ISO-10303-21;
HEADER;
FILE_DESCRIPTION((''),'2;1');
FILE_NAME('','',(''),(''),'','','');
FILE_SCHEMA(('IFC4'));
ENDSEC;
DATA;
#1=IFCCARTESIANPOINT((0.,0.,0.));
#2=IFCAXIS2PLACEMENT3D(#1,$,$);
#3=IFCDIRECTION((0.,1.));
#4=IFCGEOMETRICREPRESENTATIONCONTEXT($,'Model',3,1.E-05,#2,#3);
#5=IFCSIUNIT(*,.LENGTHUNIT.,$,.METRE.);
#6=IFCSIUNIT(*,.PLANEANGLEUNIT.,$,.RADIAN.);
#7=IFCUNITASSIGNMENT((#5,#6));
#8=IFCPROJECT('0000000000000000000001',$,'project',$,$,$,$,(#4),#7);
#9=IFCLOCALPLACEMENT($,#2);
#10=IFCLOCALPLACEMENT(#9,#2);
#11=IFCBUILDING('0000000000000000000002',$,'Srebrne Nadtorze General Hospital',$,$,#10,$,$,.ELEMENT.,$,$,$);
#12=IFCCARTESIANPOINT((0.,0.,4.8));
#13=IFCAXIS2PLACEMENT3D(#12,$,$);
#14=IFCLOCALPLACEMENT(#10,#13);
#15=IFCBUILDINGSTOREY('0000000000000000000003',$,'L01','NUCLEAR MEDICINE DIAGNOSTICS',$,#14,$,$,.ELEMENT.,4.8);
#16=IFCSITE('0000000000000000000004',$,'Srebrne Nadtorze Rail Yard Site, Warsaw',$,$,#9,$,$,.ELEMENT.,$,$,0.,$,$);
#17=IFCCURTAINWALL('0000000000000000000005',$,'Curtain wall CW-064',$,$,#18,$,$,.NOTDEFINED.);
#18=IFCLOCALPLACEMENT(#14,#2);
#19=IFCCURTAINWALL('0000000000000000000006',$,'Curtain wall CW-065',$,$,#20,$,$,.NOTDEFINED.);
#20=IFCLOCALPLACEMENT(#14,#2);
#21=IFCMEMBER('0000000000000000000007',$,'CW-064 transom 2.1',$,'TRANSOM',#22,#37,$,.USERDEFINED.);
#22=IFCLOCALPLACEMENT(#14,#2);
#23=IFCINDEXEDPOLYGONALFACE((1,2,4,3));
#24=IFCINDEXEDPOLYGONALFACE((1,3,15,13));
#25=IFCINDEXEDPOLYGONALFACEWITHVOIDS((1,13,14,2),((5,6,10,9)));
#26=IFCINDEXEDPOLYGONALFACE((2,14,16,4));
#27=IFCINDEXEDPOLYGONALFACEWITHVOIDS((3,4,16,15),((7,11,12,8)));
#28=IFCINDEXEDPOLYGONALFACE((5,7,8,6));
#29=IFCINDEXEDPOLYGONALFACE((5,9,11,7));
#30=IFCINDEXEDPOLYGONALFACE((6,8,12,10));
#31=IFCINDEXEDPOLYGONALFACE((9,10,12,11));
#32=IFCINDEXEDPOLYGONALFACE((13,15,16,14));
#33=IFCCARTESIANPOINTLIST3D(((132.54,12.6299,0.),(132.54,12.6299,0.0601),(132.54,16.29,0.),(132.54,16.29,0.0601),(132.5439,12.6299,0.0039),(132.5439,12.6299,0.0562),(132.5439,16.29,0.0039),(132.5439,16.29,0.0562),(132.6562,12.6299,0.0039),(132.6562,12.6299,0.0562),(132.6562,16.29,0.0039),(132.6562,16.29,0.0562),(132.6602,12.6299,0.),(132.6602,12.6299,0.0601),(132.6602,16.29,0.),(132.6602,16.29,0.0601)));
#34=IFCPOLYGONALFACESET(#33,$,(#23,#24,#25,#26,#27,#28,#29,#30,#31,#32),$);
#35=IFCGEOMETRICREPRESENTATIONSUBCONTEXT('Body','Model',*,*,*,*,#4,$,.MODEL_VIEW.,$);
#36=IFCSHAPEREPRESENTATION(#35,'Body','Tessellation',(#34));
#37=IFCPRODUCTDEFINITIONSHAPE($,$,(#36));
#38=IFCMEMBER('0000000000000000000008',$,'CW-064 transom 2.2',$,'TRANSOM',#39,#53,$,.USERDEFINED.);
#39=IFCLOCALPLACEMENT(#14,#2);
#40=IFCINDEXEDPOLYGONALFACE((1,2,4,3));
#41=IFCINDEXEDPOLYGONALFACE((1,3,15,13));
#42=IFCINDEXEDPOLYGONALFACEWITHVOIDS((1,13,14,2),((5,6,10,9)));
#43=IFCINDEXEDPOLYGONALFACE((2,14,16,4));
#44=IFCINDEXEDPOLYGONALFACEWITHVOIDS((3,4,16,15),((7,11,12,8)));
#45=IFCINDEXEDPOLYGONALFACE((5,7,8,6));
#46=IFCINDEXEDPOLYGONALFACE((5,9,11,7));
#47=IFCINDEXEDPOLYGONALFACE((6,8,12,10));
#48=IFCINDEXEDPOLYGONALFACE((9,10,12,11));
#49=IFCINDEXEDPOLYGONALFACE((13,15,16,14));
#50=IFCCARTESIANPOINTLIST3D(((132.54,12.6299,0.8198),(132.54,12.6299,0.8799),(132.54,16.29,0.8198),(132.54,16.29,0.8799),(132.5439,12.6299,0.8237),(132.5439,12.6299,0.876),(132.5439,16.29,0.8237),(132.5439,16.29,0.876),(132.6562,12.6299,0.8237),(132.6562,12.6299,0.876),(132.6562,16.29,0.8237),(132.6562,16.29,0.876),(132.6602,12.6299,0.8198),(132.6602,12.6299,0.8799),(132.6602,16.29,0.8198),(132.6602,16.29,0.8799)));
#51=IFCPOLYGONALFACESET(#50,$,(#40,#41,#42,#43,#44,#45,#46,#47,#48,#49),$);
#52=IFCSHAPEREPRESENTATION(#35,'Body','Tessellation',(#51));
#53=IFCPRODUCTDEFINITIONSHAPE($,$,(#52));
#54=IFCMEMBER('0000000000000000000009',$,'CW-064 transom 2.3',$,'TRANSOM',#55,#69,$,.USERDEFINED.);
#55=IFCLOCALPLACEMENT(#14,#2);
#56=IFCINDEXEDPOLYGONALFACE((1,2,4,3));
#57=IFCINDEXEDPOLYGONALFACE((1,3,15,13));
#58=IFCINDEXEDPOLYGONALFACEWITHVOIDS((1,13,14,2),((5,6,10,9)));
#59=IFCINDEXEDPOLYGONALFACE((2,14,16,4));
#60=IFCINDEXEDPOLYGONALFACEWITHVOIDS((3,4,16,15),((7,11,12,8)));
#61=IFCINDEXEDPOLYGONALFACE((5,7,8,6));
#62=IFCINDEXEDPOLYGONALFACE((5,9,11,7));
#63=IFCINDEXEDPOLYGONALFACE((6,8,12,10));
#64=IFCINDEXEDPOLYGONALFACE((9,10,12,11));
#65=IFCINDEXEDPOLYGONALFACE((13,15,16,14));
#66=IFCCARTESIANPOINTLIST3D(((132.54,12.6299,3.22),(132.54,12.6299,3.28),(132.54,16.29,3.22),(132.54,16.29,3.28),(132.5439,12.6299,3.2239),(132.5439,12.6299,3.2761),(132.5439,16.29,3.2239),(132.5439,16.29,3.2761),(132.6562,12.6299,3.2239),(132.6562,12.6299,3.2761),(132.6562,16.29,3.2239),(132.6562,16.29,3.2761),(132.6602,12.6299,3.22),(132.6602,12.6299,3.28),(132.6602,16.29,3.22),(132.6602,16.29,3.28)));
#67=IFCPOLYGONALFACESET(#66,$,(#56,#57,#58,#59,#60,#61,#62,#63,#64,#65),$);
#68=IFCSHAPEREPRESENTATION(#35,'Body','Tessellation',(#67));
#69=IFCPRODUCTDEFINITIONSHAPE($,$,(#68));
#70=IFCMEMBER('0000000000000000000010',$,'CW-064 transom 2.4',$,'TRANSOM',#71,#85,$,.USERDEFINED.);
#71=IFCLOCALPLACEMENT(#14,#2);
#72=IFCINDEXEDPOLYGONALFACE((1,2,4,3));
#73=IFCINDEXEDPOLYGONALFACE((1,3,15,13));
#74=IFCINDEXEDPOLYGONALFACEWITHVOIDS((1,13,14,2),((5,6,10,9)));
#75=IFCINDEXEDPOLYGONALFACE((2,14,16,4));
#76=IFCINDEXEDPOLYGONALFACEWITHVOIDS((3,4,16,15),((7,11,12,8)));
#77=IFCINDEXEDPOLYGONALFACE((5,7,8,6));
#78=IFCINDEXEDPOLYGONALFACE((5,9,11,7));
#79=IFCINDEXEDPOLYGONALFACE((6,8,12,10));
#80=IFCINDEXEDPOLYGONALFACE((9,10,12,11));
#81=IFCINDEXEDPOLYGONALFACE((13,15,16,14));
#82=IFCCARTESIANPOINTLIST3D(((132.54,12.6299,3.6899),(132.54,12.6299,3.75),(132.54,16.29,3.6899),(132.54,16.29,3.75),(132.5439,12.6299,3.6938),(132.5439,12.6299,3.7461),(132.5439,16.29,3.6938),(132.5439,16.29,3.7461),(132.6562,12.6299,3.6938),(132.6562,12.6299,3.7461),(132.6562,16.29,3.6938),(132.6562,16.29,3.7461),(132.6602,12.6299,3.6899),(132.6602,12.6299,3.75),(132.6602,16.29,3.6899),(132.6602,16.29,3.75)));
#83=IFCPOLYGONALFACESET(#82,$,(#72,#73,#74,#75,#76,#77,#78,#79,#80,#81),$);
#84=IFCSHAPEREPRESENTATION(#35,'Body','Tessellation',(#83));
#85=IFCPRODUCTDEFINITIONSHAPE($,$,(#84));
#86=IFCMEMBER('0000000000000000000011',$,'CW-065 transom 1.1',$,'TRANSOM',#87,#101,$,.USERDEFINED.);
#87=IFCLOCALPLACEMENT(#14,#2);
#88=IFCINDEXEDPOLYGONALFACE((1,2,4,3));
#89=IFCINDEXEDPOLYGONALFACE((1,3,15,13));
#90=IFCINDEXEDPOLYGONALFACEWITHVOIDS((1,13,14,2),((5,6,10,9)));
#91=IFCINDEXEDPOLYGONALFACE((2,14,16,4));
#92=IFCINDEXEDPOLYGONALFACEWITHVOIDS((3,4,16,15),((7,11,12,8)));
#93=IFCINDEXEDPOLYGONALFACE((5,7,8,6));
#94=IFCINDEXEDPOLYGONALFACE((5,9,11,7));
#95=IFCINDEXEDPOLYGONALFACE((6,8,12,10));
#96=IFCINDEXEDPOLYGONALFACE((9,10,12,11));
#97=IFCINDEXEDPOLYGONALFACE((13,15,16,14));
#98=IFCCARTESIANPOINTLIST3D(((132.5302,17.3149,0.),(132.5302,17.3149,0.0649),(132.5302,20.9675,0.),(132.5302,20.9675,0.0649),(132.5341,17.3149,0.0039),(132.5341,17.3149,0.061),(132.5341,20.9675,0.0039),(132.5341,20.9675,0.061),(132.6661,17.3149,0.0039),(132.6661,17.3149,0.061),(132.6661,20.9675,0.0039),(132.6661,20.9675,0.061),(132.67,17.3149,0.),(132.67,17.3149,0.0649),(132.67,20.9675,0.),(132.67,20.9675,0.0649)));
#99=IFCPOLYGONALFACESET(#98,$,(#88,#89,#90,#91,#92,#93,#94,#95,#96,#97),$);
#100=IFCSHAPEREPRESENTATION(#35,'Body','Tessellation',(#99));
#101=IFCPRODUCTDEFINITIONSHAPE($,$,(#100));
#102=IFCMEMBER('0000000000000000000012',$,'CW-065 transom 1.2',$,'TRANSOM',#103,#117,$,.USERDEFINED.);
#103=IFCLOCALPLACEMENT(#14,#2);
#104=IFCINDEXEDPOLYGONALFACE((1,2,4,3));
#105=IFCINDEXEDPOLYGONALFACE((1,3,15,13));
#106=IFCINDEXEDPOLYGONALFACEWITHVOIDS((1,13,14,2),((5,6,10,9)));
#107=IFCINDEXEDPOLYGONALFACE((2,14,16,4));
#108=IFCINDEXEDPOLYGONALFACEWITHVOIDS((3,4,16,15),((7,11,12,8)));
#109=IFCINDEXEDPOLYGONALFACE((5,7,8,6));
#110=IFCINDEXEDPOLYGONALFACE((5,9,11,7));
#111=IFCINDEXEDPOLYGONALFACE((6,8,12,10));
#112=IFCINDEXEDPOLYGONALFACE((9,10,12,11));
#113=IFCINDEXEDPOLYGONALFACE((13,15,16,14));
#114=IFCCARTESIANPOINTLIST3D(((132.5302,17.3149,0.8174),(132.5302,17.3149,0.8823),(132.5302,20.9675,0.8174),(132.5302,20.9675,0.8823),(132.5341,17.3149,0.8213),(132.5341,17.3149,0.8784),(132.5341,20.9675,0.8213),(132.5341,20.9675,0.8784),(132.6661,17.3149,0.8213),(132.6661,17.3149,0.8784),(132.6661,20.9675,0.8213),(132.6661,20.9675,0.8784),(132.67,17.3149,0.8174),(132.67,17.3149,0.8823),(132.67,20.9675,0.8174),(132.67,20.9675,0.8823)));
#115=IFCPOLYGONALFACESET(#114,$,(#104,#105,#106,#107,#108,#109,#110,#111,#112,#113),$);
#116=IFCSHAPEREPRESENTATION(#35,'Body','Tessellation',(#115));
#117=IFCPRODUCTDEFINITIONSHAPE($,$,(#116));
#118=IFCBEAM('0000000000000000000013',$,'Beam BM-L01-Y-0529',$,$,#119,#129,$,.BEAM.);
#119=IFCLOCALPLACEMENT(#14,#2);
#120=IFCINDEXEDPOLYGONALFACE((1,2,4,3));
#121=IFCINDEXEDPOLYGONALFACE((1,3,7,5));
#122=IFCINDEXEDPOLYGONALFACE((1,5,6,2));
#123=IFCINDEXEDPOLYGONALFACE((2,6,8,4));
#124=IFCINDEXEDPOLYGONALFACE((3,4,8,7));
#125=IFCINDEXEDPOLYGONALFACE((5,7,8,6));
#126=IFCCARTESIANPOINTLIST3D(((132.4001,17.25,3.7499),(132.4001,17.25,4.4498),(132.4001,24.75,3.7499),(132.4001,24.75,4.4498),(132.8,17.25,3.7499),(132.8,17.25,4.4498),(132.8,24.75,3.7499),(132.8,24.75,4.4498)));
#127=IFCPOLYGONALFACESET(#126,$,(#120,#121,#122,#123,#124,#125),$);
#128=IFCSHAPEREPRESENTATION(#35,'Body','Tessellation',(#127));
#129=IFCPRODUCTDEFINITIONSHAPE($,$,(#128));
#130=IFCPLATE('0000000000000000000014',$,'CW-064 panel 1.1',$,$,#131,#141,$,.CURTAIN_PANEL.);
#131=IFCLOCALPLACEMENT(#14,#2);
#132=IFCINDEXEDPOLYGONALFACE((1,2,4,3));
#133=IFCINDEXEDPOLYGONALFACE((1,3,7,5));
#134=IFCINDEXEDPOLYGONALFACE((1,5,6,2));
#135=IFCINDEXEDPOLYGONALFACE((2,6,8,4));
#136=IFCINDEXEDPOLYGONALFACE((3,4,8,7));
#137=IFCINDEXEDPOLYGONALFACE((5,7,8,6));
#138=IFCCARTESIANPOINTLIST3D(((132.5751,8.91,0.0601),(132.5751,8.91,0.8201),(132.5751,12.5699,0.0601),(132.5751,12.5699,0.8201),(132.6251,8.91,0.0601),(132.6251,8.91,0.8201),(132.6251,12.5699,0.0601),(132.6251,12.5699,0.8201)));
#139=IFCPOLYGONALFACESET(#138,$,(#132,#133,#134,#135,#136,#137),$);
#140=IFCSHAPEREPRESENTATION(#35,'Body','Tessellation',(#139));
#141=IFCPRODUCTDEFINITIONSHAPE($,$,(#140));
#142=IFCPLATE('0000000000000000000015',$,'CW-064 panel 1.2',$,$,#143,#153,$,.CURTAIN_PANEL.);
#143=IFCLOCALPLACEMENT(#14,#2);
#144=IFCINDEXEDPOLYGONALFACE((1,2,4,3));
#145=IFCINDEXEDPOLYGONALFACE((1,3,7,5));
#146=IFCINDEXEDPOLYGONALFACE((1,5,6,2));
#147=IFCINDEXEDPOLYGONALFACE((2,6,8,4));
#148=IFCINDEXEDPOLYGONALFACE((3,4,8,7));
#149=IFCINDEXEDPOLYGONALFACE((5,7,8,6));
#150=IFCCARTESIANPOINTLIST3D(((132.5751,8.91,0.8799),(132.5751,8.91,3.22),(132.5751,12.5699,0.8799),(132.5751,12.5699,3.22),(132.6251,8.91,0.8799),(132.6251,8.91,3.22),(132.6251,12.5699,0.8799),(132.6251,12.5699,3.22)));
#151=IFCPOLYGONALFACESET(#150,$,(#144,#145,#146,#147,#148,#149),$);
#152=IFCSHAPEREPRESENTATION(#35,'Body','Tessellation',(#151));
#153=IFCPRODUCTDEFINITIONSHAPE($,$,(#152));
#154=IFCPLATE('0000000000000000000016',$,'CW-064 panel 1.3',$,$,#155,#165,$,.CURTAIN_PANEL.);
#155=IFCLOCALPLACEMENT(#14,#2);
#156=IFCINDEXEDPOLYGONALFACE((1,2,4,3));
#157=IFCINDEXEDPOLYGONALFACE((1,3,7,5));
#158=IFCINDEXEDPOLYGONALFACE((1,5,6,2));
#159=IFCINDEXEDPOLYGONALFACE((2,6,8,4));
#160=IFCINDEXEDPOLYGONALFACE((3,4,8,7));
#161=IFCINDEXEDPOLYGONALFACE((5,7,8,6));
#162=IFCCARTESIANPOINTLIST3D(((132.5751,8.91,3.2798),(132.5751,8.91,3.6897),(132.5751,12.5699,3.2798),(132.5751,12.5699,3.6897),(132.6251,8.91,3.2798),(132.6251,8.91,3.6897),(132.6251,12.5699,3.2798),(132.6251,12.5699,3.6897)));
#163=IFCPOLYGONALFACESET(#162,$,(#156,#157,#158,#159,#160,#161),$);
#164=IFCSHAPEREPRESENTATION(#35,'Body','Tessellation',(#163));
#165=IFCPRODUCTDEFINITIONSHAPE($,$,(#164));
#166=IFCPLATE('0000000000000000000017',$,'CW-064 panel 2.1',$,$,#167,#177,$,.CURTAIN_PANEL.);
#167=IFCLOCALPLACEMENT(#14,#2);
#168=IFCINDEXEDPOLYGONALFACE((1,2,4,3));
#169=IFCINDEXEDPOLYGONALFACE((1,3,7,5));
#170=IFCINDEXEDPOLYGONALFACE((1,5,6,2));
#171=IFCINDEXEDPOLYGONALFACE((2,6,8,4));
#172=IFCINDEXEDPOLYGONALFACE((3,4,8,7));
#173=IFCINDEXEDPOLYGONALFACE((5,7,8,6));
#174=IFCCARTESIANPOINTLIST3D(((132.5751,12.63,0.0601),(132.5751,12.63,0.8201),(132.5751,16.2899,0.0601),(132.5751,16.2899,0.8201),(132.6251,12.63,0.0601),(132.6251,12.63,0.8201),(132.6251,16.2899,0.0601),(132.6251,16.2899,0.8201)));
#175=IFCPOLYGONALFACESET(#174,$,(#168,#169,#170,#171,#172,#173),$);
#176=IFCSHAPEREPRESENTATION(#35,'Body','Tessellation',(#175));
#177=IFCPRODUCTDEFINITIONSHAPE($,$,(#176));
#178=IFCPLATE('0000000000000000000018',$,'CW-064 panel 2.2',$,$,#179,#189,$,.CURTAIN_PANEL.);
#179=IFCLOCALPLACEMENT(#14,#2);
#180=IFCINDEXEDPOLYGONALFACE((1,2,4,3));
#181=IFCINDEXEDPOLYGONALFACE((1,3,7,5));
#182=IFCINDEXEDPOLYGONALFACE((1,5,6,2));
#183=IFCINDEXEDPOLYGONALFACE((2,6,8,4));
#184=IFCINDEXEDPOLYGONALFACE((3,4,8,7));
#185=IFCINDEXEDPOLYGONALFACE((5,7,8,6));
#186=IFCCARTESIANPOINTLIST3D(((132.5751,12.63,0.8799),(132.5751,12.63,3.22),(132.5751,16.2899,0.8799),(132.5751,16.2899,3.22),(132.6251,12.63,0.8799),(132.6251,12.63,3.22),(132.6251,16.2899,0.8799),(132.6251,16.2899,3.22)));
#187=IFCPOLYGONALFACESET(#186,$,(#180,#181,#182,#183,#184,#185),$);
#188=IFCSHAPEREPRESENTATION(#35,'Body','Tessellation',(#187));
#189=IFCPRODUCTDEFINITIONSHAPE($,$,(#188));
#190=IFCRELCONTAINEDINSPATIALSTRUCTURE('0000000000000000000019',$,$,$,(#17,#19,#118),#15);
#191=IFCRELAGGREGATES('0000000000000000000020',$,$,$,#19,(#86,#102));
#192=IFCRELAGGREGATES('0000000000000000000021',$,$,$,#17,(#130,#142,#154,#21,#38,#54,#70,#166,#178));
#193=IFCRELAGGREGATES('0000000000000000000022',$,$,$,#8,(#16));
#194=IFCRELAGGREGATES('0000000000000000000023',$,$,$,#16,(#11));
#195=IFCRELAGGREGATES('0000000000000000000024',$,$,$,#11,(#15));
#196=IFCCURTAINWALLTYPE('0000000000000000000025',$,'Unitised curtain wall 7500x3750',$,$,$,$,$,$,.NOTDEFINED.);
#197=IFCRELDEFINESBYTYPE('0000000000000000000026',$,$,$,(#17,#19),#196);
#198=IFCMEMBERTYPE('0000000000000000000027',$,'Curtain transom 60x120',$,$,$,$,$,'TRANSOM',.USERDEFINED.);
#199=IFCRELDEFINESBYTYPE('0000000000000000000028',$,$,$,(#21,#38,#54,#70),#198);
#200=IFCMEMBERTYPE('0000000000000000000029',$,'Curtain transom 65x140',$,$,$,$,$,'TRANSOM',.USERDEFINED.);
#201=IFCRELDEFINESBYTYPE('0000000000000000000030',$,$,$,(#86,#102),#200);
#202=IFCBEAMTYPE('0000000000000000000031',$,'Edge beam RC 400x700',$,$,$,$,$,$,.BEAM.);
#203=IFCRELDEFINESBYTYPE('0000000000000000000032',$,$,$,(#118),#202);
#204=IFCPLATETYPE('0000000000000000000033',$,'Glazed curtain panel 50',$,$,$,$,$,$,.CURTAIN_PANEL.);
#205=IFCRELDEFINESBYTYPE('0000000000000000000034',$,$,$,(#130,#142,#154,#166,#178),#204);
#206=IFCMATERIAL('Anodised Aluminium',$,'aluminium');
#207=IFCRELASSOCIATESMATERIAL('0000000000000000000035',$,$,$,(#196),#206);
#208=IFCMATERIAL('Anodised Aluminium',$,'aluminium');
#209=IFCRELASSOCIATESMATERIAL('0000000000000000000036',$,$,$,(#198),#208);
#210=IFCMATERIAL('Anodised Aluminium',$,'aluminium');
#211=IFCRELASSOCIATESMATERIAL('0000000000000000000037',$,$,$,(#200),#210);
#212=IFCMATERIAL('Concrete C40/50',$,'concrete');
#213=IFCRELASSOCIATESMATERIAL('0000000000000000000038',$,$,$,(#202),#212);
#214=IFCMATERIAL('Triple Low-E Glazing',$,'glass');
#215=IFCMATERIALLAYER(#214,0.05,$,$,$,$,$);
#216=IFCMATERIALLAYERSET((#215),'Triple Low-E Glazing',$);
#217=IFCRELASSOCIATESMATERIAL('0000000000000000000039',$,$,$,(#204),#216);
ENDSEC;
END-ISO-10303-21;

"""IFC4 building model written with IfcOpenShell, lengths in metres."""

from ifc_helpers import new_model, si_unit, direction, frame, origin, origin_2d, place, context, subcontext, project, spatial, rectangle, hollow_rectangle, extrude, material, layer, layer_set, material_profile, profile_set, type_object, element, aggregate, save


model = new_model("IFC4")

# Units and contexts
model_context = context("Model", 3, precision=1e-05, world=origin(), true_north=direction((0.0, 1.0)))
body_context = subcontext(model_context, "Body", "Model", "MODEL_VIEW")
ifc_project = project(units=[si_unit("LENGTHUNIT", "METRE"), si_unit("PLANEANGLEUNIT", "RADIAN")], contexts=[model_context])

# Site, building, storey
site_placement = place(None, origin())
site = spatial("IfcSite", under=ifc_project, at=site_placement, Name="Srebrne Nadtorze Rail Yard Site, Warsaw", CompositionType="ELEMENT", RefElevation=0.0)
building_placement = place(site_placement, origin())
building = spatial("IfcBuilding", under=site, at=building_placement, Name="Srebrne Nadtorze General Hospital", CompositionType="ELEMENT")
storey_placement = place(building_placement, frame((0.0, 0.0, 4.8)))
storey = spatial("IfcBuildingStorey", under=building, at=storey_placement, Name="L01", Description="NUCLEAR MEDICINE DIAGNOSTICS", CompositionType="ELEMENT", Elevation=4.8)

# Curtain wall
ifc_material_1 = material(Name="Anodised Aluminium", Category="aluminium")
curtain_wall_type_1 = type_object("IfcCurtainWallType", Name="Unitised curtain wall 7500x3750", PredefinedType="NOTDEFINED", material=ifc_material_1)
curtain_wall_1_placement = place(storey_placement, origin())
curtain_wall_1 = element("IfcCurtainWall", 1, at=curtain_wall_1_placement, inside=storey, type_object=curtain_wall_type_1, Name="Curtain wall CW-064", PredefinedType="NOTDEFINED")

# Curtain wall
curtain_wall_2_placement = place(storey_placement, origin())
curtain_wall_2 = element("IfcCurtainWall", 2, at=curtain_wall_2_placement, inside=storey, type_object=curtain_wall_type_1, Name="Curtain wall CW-065", PredefinedType="NOTDEFINED")
ifc_material_2 = material(Name="Anodised Aluminium", Category="aluminium")
ifc_material_profile_1 = material_profile(ifc_material_2, hollow_rectangle(XDim=0.0601, YDim=0.1201, WallThickness=0.0039, at=origin_2d()), Name="AL-TRN-60x120")
ifc_profile_set_1 = profile_set([ifc_material_profile_1], Name="Anodised Aluminium")
member_type_1 = type_object("IfcMemberType", Name="Curtain transom 60x120", ElementType="TRANSOM", PredefinedType="USERDEFINED", material=ifc_profile_set_1)

# Members
member_1_placement = place(storey_placement, frame((132.6001, 12.6299, 0.03), z_axis=(0.0, 1.0, 0.0), x_axis=(0.0, 0.0, 1.0)))
member_1 = element("IfcMember", 3, at=member_1_placement, type_object=member_type_1, Name="CW-064 transom 2.1", ObjectType="TRANSOM", PredefinedType="USERDEFINED", context=body_context, shape_type="SweptSolid", body=[
    extrude(hollow_rectangle(XDim=0.0601, YDim=0.1201, WallThickness=0.0039, at=origin_2d()), origin(), (0.0, 0.0, 1.0), 3.6602),
])
member_2_placement = place(storey_placement, frame((132.6001, 12.6299, 0.8499), z_axis=(0.0, 1.0, 0.0), x_axis=(0.0, 0.0, 1.0)))
member_2 = element("IfcMember", 4, at=member_2_placement, type_object=member_type_1, Name="CW-064 transom 2.2", ObjectType="TRANSOM", PredefinedType="USERDEFINED", context=body_context, shape_type="SweptSolid", body=[
    extrude(hollow_rectangle(XDim=0.0601, YDim=0.1201, WallThickness=0.0039, at=origin_2d()), origin(), (0.0, 0.0, 1.0), 3.6602),
])
member_3_placement = place(storey_placement, frame((132.6001, 12.6299, 3.25), z_axis=(0.0, 1.0, 0.0), x_axis=(0.0, 0.0, 1.0)))
member_3 = element("IfcMember", 5, at=member_3_placement, type_object=member_type_1, Name="CW-064 transom 2.3", ObjectType="TRANSOM", PredefinedType="USERDEFINED", context=body_context, shape_type="SweptSolid", body=[
    extrude(hollow_rectangle(XDim=0.0601, YDim=0.1201, WallThickness=0.0039, at=origin_2d()), origin(), (0.0, 0.0, 1.0), 3.6602),
])
member_4_placement = place(storey_placement, frame((132.6001, 12.6299, 3.72), z_axis=(0.0, 1.0, 0.0), x_axis=(0.0, 0.0, 1.0)))
member_4 = element("IfcMember", 6, at=member_4_placement, type_object=member_type_1, Name="CW-064 transom 2.4", ObjectType="TRANSOM", PredefinedType="USERDEFINED", context=body_context, shape_type="SweptSolid", body=[
    extrude(hollow_rectangle(XDim=0.0601, YDim=0.1201, WallThickness=0.0039, at=origin_2d()), origin(), (0.0, 0.0, 1.0), 3.6602),
])
ifc_material_3 = material(Name="Anodised Aluminium", Category="aluminium")
ifc_material_profile_2 = material_profile(ifc_material_3, hollow_rectangle(XDim=0.0649, YDim=0.1399, WallThickness=0.0039, at=origin_2d()), Name="AL-TRN-65x140")
ifc_profile_set_2 = profile_set([ifc_material_profile_2], Name="Anodised Aluminium")
member_type_2 = type_object("IfcMemberType", Name="Curtain transom 65x140", ElementType="TRANSOM", PredefinedType="USERDEFINED", material=ifc_profile_set_2)
member_5_placement = place(storey_placement, frame((132.6001, 17.3149, 0.0325), z_axis=(0.0, 1.0, 0.0), x_axis=(0.0, 0.0, 1.0)))
member_5 = element("IfcMember", 7, at=member_5_placement, type_object=member_type_2, Name="CW-065 transom 1.1", ObjectType="TRANSOM", PredefinedType="USERDEFINED", context=body_context, shape_type="SweptSolid", body=[
    extrude(hollow_rectangle(XDim=0.0649, YDim=0.1399, WallThickness=0.0039, at=origin_2d()), origin(), (0.0, 0.0, 1.0), 3.6526),
])
member_6_placement = place(storey_placement, frame((132.6001, 17.3149, 0.8499), z_axis=(0.0, 1.0, 0.0), x_axis=(0.0, 0.0, 1.0)))
member_6 = element("IfcMember", 8, at=member_6_placement, type_object=member_type_2, Name="CW-065 transom 1.2", ObjectType="TRANSOM", PredefinedType="USERDEFINED", context=body_context, shape_type="SweptSolid", body=[
    extrude(hollow_rectangle(XDim=0.0649, YDim=0.1399, WallThickness=0.0039, at=origin_2d()), origin(), (0.0, 0.0, 1.0), 3.6526),
])
aggregate(curtain_wall_2, [member_5, member_6])

# Beam
ifc_material_4 = material(Name="Concrete C40/50", Category="concrete")
ifc_material_profile_3 = material_profile(ifc_material_4, rectangle(XDim=0.3999, YDim=0.7, at=origin_2d()), Name="RC-BM-400x700")
ifc_profile_set_3 = profile_set([ifc_material_profile_3], Name="Concrete C40/50")
beam_type = type_object("IfcBeamType", Name="Edge beam RC 400x700", PredefinedType="BEAM", material=ifc_profile_set_3)
beam_placement = place(storey_placement, frame((132.6001, 17.25, 4.0999), z_axis=(0.0, 1.0, 0.0), x_axis=(-1.0, 0.0, 0.0)))
element("IfcBeam", 9, at=beam_placement, inside=storey, type_object=beam_type, Name="Beam BM-L01-Y-0529", PredefinedType="BEAM", context=body_context, shape_type="SweptSolid", body=[
    extrude(rectangle(XDim=0.3999, YDim=0.7, at=origin_2d()), origin(), (0.0, 0.0, 1.0), 7.5),
])

# Plates
ifc_material_5 = material(Name="Triple Low-E Glazing", Category="glass")
ifc_layer_1 = layer(ifc_material_5, 0.05)
ifc_layer_set_1 = layer_set([ifc_layer_1], Name="Triple Low-E Glazing")
plate_type = type_object("IfcPlateType", Name="Glazed curtain panel 50", PredefinedType="CURTAIN_PANEL", material=ifc_layer_set_1)
plate_1_placement = place(storey_placement, frame((132.6001, 10.74, 0.0601), z_axis=(0.0, 0.0, 1.0), x_axis=(0.0, 1.0, 0.0)))
plate_1 = element("IfcPlate", 10, at=plate_1_placement, type_object=plate_type, Name="CW-064 panel 1.1", PredefinedType="CURTAIN_PANEL", context=body_context, shape_type="SweptSolid", body=[
    extrude(rectangle(XDim=3.6599, YDim=0.05, at=origin_2d()), origin(), (0.0, 0.0, 1.0), 0.76),
])
plate_2_placement = place(storey_placement, frame((132.6001, 10.74, 0.8799), z_axis=(0.0, 0.0, 1.0), x_axis=(0.0, 1.0, 0.0)))
plate_2 = element("IfcPlate", 11, at=plate_2_placement, type_object=plate_type, Name="CW-064 panel 1.2", PredefinedType="CURTAIN_PANEL", context=body_context, shape_type="SweptSolid", body=[
    extrude(rectangle(XDim=3.6599, YDim=0.05, at=origin_2d()), origin(), (0.0, 0.0, 1.0), 2.3401),
])
plate_3_placement = place(storey_placement, frame((132.6001, 10.74, 3.2798), z_axis=(0.0, 0.0, 1.0), x_axis=(0.0, 1.0, 0.0)))
plate_3 = element("IfcPlate", 12, at=plate_3_placement, type_object=plate_type, Name="CW-064 panel 1.3", PredefinedType="CURTAIN_PANEL", context=body_context, shape_type="SweptSolid", body=[
    extrude(rectangle(XDim=3.6599, YDim=0.05, at=origin_2d()), origin(), (0.0, 0.0, 1.0), 0.4099),
])
plate_4_placement = place(storey_placement, frame((132.6001, 14.46, 0.0601), z_axis=(0.0, 0.0, 1.0), x_axis=(0.0, 1.0, 0.0)))
plate_4 = element("IfcPlate", 13, at=plate_4_placement, type_object=plate_type, Name="CW-064 panel 2.1", PredefinedType="CURTAIN_PANEL", context=body_context, shape_type="SweptSolid", body=[
    extrude(rectangle(XDim=3.6599, YDim=0.05, at=origin_2d()), origin(), (0.0, 0.0, 1.0), 0.76),
])
plate_5_placement = place(storey_placement, frame((132.6001, 14.46, 0.8799), z_axis=(0.0, 0.0, 1.0), x_axis=(0.0, 1.0, 0.0)))
plate_5 = element("IfcPlate", 14, at=plate_5_placement, type_object=plate_type, Name="CW-064 panel 2.2", PredefinedType="CURTAIN_PANEL", context=body_context, shape_type="SweptSolid", body=[
    extrude(rectangle(XDim=3.6599, YDim=0.05, at=origin_2d()), origin(), (0.0, 0.0, 1.0), 2.3401),
])
aggregate(curtain_wall_1, [plate_1, plate_2, plate_3, member_1, member_2, member_3, member_4, plate_4, plate_5])

save(model, "model.ifc")
